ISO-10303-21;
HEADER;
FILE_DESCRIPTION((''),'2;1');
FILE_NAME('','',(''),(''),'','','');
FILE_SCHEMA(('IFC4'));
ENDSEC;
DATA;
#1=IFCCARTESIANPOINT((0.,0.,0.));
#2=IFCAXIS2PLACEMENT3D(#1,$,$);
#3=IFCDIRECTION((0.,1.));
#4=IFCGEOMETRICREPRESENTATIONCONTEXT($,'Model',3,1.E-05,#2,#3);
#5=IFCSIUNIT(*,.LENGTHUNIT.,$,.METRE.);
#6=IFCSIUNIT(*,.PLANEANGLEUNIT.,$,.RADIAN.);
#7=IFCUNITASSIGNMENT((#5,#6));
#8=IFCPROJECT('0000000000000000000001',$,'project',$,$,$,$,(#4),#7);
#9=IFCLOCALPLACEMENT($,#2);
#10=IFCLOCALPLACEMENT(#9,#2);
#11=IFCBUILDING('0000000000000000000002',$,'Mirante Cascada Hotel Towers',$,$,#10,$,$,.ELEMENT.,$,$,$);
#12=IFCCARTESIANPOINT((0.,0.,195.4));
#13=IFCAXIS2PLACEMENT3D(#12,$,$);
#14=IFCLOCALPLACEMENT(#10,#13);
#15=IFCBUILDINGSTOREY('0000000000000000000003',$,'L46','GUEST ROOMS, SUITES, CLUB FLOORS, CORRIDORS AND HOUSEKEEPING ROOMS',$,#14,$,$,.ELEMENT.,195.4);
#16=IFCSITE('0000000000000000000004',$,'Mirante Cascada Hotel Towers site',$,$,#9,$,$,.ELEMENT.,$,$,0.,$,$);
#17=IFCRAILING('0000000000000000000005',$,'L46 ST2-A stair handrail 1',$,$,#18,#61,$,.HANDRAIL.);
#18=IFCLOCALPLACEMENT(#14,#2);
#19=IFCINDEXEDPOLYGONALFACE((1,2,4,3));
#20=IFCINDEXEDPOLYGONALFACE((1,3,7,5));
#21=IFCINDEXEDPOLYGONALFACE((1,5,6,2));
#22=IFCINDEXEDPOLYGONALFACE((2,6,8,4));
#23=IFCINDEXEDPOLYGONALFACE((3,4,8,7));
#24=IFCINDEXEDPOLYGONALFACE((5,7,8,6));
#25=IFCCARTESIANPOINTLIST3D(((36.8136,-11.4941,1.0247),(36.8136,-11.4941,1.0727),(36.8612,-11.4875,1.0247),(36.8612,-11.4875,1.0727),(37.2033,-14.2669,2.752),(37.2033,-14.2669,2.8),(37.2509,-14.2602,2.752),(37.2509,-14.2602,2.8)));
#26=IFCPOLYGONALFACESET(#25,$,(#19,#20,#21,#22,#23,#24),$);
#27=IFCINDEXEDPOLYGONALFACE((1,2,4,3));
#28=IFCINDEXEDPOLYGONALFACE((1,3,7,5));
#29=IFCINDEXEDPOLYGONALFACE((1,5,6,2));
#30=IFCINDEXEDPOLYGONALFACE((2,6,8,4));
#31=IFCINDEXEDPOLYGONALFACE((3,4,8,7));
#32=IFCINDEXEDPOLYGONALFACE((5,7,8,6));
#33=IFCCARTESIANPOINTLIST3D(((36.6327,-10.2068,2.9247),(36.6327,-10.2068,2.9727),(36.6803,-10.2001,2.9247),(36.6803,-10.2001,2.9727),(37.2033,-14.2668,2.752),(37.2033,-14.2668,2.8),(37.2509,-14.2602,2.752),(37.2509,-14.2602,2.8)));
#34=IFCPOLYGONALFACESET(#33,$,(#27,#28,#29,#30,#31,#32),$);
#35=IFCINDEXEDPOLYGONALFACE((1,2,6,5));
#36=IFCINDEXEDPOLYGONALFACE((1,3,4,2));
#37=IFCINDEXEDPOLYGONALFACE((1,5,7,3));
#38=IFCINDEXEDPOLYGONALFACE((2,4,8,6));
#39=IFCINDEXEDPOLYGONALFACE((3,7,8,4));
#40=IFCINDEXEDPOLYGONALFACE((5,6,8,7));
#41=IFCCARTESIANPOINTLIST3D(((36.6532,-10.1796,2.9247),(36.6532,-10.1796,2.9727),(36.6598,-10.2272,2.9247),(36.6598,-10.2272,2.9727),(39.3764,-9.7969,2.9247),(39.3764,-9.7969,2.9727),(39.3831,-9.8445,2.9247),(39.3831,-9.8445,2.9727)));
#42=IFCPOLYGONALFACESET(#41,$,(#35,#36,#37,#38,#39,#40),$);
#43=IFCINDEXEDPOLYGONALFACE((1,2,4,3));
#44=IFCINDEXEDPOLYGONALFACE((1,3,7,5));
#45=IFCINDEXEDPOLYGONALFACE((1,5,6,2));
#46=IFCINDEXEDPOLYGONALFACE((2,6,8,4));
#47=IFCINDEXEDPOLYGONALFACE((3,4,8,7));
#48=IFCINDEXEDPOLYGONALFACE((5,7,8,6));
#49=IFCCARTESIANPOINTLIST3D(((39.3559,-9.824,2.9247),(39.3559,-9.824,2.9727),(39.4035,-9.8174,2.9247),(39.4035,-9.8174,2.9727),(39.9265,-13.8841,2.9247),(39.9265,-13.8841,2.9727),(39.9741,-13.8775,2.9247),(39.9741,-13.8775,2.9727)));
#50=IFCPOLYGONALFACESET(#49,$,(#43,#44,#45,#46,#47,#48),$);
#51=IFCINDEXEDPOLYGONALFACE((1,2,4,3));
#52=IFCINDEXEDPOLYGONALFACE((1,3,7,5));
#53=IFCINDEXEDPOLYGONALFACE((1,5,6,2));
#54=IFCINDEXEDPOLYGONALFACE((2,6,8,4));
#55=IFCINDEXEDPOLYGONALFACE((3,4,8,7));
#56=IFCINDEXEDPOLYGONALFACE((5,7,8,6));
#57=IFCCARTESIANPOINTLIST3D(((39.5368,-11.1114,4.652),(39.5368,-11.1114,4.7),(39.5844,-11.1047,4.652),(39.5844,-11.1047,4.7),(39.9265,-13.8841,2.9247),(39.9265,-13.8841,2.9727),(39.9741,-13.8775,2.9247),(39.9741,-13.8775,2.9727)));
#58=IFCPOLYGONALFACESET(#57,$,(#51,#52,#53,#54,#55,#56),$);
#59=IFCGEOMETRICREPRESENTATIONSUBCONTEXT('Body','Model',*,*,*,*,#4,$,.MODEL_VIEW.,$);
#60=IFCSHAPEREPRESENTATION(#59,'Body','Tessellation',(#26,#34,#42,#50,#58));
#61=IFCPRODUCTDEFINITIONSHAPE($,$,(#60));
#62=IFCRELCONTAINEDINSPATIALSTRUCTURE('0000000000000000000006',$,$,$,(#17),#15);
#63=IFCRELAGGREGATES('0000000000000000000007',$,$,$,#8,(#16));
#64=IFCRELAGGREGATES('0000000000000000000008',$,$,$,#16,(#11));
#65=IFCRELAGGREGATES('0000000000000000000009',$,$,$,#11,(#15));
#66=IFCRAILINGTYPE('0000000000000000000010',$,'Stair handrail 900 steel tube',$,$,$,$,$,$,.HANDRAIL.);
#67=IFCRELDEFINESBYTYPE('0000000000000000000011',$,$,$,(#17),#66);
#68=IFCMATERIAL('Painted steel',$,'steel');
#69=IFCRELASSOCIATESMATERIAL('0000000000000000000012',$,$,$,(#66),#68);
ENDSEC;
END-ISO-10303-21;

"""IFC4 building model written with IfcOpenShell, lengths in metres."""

from ifc_helpers import new_model, si_unit, direction, frame, origin, origin_2d, place, context, subcontext, project, spatial, rectangle, extrude, material, type_object, element, save


model = new_model("IFC4")

# Units and contexts
model_context = context("Model", 3, precision=1e-05, world=origin(), true_north=direction((0.0, 1.0)))
body_context = subcontext(model_context, "Body", "Model", "MODEL_VIEW")
ifc_project = project(units=[si_unit("LENGTHUNIT", "METRE"), si_unit("PLANEANGLEUNIT", "RADIAN")], contexts=[model_context])

# Site, building, storey
site_placement = place(None, origin())
site = spatial("IfcSite", under=ifc_project, at=site_placement, Name="Mirante Cascada Hotel Towers site", CompositionType="ELEMENT", RefElevation=0.0)
building_placement = place(site_placement, origin())
building = spatial("IfcBuilding", under=site, at=building_placement, Name="Mirante Cascada Hotel Towers", CompositionType="ELEMENT")
storey_placement = place(building_placement, frame((0.0, 0.0, 195.4)))
storey = spatial("IfcBuildingStorey", under=building, at=storey_placement, Name="L46", Description="GUEST ROOMS, SUITES, CLUB FLOORS, CORRIDORS AND HOUSEKEEPING ROOMS", CompositionType="ELEMENT", Elevation=195.4)

# Railing
ifc_material_1 = material(Name="Painted steel", Category="steel")
railing_type_1 = type_object("IfcRailingType", Name="Stair handrail 900 steel tube", PredefinedType="HANDRAIL", material=ifc_material_1)
railing_1_placement = place(storey_placement, frame((36.8374, -11.4908, 0.1727)))
element("IfcRailing", 1, at=railing_1_placement, inside=storey, type_object=railing_type_1, Name="L46 ST2-A stair handrail 1", PredefinedType="HANDRAIL", context=body_context, shape_type="SweptSolid", body=[
    extrude(rectangle(XDim=0.048, YDim=0.048, at=origin_2d()), frame((0.0, 0.0, 0.876), z_axis=(0.139181, -0.990267, 0.0), x_axis=(0.990267, 0.139181, 0.0)), (0.0, 0.525035, 0.851081), 3.2899),
    extrude(rectangle(XDim=0.048, YDim=0.048, at=origin_2d()), frame((0.3897, -2.7727, 2.6033), z_axis=(-0.139171, 0.990268, 0.0), x_axis=(-0.990268, -0.139171, 0.0)), (0.0, 0.042085, 0.999114), 4.1036),
    extrude(rectangle(XDim=0.048, YDim=0.048, at=origin_2d()), frame((-0.1809, 1.2874, 2.776), z_axis=(0.990269, 0.139166, 0.0), x_axis=(-0.139166, 0.990269, 0.0)), (0.0, 0.0, 1.0), 2.75),
    extrude(rectangle(XDim=0.048, YDim=0.048, at=origin_2d()), frame((2.5423, 1.6701, 2.776), z_axis=(0.139171, -0.990268, 0.0), x_axis=(0.990268, 0.139171, 0.0)), (0.0, 0.0, 1.0), 4.1),
    extrude(rectangle(XDim=0.048, YDim=0.048, at=origin_2d()), frame((3.1129, -2.39, 2.776), z_axis=(-0.139181, 0.990267, 0.0), x_axis=(-0.990267, -0.139181, 0.0)), (0.0, 0.525035, 0.851081), 3.2899),
])

save(model, "model.ifc")
